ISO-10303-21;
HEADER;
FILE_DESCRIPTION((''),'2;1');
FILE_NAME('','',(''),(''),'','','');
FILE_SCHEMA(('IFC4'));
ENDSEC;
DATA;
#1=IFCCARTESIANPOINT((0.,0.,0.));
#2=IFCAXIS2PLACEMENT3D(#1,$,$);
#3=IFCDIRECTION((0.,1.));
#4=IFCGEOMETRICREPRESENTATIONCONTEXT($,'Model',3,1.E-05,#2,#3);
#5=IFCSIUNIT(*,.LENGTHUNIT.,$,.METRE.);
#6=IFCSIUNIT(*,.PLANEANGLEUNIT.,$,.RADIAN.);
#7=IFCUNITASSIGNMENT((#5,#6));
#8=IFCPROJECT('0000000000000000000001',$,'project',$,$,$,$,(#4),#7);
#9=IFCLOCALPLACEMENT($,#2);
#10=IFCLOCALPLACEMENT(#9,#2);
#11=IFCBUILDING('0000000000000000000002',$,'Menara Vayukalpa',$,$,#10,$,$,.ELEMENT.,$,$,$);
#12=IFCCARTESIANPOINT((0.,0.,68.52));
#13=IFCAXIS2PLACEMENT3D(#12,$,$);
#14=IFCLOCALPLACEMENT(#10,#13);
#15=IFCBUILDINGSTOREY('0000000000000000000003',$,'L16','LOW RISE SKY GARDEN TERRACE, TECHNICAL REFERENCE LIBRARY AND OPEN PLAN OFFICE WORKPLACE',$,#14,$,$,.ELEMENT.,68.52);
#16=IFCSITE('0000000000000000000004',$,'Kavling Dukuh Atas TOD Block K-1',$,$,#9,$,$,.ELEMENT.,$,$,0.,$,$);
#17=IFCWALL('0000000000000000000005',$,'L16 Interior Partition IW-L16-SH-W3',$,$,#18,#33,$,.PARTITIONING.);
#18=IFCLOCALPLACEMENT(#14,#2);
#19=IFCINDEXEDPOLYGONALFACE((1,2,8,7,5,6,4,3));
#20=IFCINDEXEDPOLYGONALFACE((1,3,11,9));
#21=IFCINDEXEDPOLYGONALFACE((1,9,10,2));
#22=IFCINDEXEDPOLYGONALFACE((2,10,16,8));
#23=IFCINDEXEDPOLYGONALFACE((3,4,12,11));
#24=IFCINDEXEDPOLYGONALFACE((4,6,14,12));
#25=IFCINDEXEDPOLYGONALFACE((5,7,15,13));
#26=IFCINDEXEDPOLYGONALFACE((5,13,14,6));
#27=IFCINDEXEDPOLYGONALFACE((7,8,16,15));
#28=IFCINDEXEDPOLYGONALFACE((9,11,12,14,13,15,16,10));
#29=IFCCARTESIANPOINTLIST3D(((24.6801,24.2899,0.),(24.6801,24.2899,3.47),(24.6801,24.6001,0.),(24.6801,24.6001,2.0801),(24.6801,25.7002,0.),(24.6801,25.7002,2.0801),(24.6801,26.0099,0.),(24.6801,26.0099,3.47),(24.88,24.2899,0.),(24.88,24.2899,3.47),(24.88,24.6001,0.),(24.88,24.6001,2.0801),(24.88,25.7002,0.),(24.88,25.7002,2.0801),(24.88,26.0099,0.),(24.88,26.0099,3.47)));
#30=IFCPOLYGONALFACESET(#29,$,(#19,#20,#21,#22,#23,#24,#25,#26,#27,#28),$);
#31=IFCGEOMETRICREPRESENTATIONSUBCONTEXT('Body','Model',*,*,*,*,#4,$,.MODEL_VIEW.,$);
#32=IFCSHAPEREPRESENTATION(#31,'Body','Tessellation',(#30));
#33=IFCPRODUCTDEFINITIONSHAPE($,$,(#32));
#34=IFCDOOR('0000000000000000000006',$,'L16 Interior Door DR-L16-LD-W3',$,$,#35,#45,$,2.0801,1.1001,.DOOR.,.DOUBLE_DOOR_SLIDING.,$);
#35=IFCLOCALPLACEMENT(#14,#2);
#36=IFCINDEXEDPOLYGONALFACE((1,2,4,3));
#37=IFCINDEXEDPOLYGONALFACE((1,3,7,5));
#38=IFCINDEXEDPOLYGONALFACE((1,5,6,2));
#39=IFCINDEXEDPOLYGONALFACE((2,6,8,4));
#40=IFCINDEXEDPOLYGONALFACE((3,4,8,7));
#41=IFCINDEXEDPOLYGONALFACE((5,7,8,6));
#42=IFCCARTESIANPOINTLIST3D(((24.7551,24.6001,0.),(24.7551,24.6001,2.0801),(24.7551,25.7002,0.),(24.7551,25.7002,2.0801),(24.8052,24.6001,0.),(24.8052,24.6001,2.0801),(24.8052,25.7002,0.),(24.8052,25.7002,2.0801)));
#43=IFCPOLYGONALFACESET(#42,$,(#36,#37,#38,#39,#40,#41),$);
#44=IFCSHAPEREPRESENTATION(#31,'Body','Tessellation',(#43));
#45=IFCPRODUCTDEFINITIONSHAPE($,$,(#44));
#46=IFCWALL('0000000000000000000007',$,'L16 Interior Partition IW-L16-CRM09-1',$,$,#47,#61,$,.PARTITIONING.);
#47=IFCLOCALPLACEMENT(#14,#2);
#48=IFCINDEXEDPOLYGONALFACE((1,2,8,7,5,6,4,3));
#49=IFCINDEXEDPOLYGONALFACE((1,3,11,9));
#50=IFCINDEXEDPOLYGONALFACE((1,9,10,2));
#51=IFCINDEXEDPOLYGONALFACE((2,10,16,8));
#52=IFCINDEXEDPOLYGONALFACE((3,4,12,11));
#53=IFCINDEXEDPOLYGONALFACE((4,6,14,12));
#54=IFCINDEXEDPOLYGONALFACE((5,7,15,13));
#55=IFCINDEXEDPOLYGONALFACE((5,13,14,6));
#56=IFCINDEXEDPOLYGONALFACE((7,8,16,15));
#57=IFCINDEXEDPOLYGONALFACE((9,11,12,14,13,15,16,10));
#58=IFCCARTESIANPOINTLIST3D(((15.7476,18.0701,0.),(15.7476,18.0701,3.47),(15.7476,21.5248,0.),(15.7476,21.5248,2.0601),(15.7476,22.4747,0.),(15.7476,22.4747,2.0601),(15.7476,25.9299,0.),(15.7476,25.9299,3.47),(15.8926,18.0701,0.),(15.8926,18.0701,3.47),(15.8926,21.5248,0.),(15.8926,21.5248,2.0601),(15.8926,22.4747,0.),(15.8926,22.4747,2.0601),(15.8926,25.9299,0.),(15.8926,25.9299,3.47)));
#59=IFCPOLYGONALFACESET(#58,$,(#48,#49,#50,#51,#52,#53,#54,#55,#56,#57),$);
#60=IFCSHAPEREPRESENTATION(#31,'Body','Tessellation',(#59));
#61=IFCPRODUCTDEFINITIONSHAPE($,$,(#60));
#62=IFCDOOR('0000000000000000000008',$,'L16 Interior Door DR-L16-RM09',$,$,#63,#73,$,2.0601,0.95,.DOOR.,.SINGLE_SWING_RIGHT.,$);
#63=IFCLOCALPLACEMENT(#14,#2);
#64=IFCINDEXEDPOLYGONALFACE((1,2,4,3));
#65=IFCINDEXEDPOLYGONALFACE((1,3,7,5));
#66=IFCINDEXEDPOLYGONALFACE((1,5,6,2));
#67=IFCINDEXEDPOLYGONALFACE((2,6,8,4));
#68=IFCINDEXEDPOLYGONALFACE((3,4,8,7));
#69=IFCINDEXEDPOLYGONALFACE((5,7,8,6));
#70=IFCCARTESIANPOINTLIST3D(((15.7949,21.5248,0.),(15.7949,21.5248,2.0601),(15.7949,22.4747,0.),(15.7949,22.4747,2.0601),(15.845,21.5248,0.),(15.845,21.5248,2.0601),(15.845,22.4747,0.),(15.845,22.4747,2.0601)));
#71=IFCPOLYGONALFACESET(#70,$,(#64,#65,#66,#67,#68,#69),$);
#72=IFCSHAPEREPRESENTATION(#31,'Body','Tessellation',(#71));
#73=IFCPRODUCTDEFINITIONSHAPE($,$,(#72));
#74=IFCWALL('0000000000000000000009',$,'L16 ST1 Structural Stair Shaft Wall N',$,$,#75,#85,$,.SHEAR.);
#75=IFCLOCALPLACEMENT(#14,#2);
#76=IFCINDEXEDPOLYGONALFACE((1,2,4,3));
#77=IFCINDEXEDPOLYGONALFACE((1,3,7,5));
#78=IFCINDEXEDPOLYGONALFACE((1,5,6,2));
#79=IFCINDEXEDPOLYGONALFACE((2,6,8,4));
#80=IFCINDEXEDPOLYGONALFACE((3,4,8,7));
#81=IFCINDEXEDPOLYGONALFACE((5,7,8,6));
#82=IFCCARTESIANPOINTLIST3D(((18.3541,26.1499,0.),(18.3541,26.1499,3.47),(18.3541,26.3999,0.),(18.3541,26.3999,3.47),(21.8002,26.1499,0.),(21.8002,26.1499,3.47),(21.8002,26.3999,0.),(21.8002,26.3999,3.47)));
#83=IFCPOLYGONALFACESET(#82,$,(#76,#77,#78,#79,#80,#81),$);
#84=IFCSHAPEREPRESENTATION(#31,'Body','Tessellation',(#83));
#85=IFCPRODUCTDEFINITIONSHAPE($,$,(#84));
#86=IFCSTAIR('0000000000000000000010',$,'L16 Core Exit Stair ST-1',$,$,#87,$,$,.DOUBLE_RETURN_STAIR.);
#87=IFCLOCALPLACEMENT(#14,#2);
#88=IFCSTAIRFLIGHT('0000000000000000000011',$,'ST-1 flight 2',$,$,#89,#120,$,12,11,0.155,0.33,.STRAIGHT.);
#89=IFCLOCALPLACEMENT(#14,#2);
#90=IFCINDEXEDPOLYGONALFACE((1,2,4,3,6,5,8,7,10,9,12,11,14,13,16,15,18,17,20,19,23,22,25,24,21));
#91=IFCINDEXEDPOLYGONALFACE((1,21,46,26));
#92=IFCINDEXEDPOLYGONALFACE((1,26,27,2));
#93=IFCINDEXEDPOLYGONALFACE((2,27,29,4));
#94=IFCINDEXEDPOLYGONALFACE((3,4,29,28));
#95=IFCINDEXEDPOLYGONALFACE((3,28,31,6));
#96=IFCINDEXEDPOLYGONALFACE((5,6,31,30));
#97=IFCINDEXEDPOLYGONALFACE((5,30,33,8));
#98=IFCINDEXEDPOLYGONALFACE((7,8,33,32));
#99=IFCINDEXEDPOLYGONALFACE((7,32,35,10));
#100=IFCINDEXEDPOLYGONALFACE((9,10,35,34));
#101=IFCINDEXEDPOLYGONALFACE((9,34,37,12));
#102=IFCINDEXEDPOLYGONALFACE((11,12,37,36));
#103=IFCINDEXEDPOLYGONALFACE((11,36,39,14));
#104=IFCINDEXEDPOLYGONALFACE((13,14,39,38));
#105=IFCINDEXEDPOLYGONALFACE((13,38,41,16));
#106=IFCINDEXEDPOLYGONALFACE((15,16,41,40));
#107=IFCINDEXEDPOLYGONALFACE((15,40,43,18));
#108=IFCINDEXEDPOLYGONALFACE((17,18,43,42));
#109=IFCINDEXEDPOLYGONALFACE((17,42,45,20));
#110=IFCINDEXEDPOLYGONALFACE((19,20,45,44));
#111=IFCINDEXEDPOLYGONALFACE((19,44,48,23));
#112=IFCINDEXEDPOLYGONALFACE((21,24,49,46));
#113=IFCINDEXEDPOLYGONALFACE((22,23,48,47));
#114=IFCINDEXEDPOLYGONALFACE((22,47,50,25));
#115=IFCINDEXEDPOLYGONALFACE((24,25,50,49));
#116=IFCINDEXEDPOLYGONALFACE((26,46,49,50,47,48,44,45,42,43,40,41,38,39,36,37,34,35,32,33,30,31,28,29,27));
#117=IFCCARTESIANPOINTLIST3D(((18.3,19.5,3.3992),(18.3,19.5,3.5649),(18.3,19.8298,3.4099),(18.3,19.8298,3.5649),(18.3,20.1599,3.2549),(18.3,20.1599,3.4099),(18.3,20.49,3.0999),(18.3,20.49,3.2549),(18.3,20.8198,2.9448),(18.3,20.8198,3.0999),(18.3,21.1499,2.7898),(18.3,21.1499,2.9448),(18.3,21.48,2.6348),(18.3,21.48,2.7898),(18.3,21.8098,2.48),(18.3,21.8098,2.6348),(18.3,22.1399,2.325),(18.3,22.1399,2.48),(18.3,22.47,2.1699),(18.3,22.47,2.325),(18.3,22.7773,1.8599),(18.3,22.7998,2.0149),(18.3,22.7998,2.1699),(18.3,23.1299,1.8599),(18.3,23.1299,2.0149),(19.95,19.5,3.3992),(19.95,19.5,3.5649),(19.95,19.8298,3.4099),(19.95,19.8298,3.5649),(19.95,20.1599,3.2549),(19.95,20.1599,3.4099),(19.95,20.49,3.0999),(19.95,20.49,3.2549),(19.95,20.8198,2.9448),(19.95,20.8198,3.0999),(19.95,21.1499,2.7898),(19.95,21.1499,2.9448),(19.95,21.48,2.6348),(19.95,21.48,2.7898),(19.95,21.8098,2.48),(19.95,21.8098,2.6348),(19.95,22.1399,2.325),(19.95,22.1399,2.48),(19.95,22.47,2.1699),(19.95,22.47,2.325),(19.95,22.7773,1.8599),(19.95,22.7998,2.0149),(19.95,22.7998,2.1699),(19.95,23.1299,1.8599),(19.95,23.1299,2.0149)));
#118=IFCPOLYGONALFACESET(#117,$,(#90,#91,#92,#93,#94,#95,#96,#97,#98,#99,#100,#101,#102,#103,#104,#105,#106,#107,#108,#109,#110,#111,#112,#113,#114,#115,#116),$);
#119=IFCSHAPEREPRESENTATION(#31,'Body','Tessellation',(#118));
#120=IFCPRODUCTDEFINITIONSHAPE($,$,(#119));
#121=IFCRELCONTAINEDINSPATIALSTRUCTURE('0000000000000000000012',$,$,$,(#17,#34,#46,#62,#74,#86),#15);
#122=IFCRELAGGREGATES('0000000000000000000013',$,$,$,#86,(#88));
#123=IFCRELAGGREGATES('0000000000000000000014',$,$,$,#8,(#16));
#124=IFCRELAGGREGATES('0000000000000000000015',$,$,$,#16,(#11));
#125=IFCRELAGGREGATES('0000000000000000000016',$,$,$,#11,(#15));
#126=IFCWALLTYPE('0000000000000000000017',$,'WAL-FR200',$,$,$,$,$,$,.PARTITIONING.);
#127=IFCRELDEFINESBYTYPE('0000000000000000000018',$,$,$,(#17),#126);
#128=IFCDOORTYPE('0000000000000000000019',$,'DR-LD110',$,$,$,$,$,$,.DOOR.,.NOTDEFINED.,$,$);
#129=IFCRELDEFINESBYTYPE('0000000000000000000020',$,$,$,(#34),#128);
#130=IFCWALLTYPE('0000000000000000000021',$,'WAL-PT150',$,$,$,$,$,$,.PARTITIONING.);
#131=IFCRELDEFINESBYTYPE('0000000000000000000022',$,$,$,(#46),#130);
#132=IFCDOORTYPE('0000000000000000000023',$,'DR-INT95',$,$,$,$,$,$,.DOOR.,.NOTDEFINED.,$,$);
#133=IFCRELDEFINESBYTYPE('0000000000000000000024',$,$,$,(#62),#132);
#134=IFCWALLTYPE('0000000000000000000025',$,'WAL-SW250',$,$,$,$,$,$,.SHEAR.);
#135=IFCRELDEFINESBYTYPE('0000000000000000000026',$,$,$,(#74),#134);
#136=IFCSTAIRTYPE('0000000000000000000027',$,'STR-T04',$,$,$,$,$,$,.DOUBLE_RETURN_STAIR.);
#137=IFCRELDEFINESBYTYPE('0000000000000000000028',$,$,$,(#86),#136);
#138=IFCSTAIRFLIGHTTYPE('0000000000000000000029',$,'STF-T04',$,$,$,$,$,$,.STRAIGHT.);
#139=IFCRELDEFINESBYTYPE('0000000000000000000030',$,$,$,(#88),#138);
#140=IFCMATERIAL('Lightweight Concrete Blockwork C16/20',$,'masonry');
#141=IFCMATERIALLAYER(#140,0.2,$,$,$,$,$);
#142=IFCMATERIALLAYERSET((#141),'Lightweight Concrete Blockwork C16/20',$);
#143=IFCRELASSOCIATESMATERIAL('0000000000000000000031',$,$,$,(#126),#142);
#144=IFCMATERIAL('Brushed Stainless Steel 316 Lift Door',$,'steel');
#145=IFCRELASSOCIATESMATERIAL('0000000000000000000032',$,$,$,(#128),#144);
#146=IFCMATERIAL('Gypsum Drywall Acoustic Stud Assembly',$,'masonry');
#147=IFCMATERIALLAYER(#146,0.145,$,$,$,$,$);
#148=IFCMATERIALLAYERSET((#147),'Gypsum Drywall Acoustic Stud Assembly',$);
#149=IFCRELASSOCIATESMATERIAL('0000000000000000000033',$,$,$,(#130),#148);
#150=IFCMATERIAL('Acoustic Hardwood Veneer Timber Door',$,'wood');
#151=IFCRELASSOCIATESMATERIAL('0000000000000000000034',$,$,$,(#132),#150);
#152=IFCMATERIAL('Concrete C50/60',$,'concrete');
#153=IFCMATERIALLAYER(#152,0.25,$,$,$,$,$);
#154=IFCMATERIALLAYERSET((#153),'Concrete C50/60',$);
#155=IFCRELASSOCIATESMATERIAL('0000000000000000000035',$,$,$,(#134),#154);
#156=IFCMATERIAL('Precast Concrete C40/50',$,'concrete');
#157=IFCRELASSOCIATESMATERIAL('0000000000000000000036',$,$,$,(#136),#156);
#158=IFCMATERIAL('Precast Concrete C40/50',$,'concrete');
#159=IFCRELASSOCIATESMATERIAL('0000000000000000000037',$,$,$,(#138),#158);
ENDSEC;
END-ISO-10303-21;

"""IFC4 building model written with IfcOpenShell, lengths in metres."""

from ifc_helpers import new_model, si_unit, direction, frame, frame_2d, origin, place, context, subcontext, project, spatial, polyline, rectangle, outline, extrude, material, layer, layer_set, type_object, element, fill, aggregate, save


model = new_model("IFC4")

# Units and contexts
model_context = context("Model", 3, precision=1e-05, world=origin(), true_north=direction((0.0, 1.0)))
body_context = subcontext(model_context, "Body", "Model", "MODEL_VIEW")
ifc_project = project(units=[si_unit("LENGTHUNIT", "METRE"), si_unit("PLANEANGLEUNIT", "RADIAN")], contexts=[model_context])

# Site, building, storey
site_placement = place(None, origin())
site = spatial("IfcSite", under=ifc_project, at=site_placement, Name="Kavling Dukuh Atas TOD Block K-1", CompositionType="ELEMENT", RefElevation=0.0)
building_placement = place(site_placement, origin())
building = spatial("IfcBuilding", under=site, at=building_placement, Name="Menara Vayukalpa", CompositionType="ELEMENT")
storey_placement = place(building_placement, frame((0.0, 0.0, 68.52)))
storey = spatial("IfcBuildingStorey", under=building, at=storey_placement, Name="L16", Description="LOW RISE SKY GARDEN TERRACE, TECHNICAL REFERENCE LIBRARY AND OPEN PLAN OFFICE WORKPLACE", CompositionType="ELEMENT", Elevation=68.52)

# Walls, openings, doors
ifc_material_1 = material(Name="Lightweight Concrete Blockwork C16/20", Category="masonry")
ifc_layer_1 = layer(ifc_material_1, 0.2)
ifc_layer_set_1 = layer_set([ifc_layer_1], Name="Lightweight Concrete Blockwork C16/20")
wall_type_1 = type_object("IfcWallType", Name="WAL-FR200", PredefinedType="PARTITIONING", material=ifc_layer_set_1)
ifc_material_2 = material(Name="Brushed Stainless Steel 316 Lift Door", Category="steel")
door_type_1 = type_object("IfcDoorType", Name="DR-LD110", OperationType="NOTDEFINED", PredefinedType="DOOR", material=ifc_material_2)
wall_1_placement = place(storey_placement, frame((24.78, 24.29, 0.0), z_axis=(0.0, 0.0, 1.0), x_axis=(0.0, 1.0, 0.0)))
wall_1 = element("IfcWall", 1, at=wall_1_placement, inside=storey, type_object=wall_type_1, Name="L16 Interior Partition IW-L16-SH-W3", PredefinedType="PARTITIONING", context=body_context, shape_type="SweptSolid", body=[
    extrude(rectangle(XDim=1.72, YDim=0.2, at=frame_2d((0.8599, 0.0))), origin(), (0.0, 0.0, 1.0), 3.47),
])
opening_1_placement = place(wall_1_placement, frame((0.3101, 0.0, 0.0)))
opening_1 = element("IfcOpeningElement", 2, at=opening_1_placement, cuts=wall_1, PredefinedType="OPENING", context=body_context, shape_type="SweptSolid", body=[
    extrude(rectangle(XDim=1.1001, YDim=2.0801, at=frame_2d((0.55, 1.04))), frame((0.0, 0.1099, 0.0), z_axis=(0.0, -1.0, 0.0), x_axis=(1.0, 0.0, 0.0)), (0.0, 0.0, 1.0), 0.22),
])
door_1_placement = place(opening_1_placement, origin())
door_1 = element("IfcDoor", 3, at=door_1_placement, inside=storey, type_object=door_type_1, Name="L16 Interior Door DR-L16-LD-W3", OperationType="DOUBLE_DOOR_SLIDING", OverallHeight=2.0801, OverallWidth=1.1001, PredefinedType="DOOR", context=body_context, shape_type="SweptSolid", body=[
    extrude(rectangle(XDim=1.1001, YDim=2.0801, at=frame_2d((0.55, 1.04))), frame((0.0, 0.0249, 0.0), z_axis=(0.0, -1.0, 0.0), x_axis=(1.0, 0.0, 0.0)), (0.0, 0.0, 1.0), 0.05),
])
fill(opening_1, door_1)
ifc_material_3 = material(Name="Gypsum Drywall Acoustic Stud Assembly", Category="masonry")
ifc_layer_2 = layer(ifc_material_3, 0.145)
ifc_layer_set_2 = layer_set([ifc_layer_2], Name="Gypsum Drywall Acoustic Stud Assembly")
wall_type_2 = type_object("IfcWallType", Name="WAL-PT150", PredefinedType="PARTITIONING", material=ifc_layer_set_2)
wall_2_placement = place(storey_placement, frame((15.8201, 25.9299, 0.0), z_axis=(0.0, 0.0, 1.0), x_axis=(0.0, -1.0, 0.0)))
wall_2 = element("IfcWall", 4, at=wall_2_placement, inside=storey, type_object=wall_type_2, Name="L16 Interior Partition IW-L16-CRM09-1", PredefinedType="PARTITIONING", context=body_context, shape_type="SweptSolid", body=[
    extrude(rectangle(XDim=7.8599, YDim=0.145, at=frame_2d((3.9299, 0.0))), origin(), (0.0, 0.0, 1.0), 3.47),
])
opening_2_placement = place(wall_2_placement, frame((3.4551, 0.0, 0.0)))
opening_2 = element("IfcOpeningElement", 5, at=opening_2_placement, cuts=wall_2, PredefinedType="OPENING", context=body_context, shape_type="SweptSolid", body=[
    extrude(rectangle(XDim=0.95, YDim=2.0601, at=frame_2d((0.4751, 1.03))), frame((0.0, 0.0825, 0.0), z_axis=(0.0, -1.0, 0.0), x_axis=(1.0, 0.0, 0.0)), (0.0, 0.0, 1.0), 0.165),
])
ifc_material_4 = material(Name="Acoustic Hardwood Veneer Timber Door", Category="wood")
door_type_2 = type_object("IfcDoorType", Name="DR-INT95", OperationType="NOTDEFINED", PredefinedType="DOOR", material=ifc_material_4)
door_2_placement = place(opening_2_placement, origin())
door_2 = element("IfcDoor", 6, at=door_2_placement, inside=storey, type_object=door_type_2, Name="L16 Interior Door DR-L16-RM09", OperationType="SINGLE_SWING_RIGHT", OverallHeight=2.0601, OverallWidth=0.95, PredefinedType="DOOR", context=body_context, shape_type="SweptSolid", body=[
    extrude(rectangle(XDim=0.95, YDim=2.0601, at=frame_2d((0.4751, 1.03))), frame((0.0, 0.0249, 0.0), z_axis=(0.0, -1.0, 0.0), x_axis=(1.0, 0.0, 0.0)), (0.0, 0.0, 1.0), 0.05),
])
fill(opening_2, door_2)

# Wall
ifc_material_5 = material(Name="Concrete C50/60", Category="concrete")
ifc_layer_3 = layer(ifc_material_5, 0.25)
ifc_layer_set_3 = layer_set([ifc_layer_3], Name="Concrete C50/60")
wall_type_3 = type_object("IfcWallType", Name="WAL-SW250", PredefinedType="SHEAR", material=ifc_layer_set_3)
wall_3_placement = place(storey_placement, frame((18.354, 26.2749, 0.0), z_axis=(0.0, 0.0, 1.0), x_axis=(1.0, 0.0, 0.0)))
element("IfcWall", 7, at=wall_3_placement, inside=storey, type_object=wall_type_3, Name="L16 ST1 Structural Stair Shaft Wall N", PredefinedType="SHEAR", context=body_context, shape_type="SweptSolid", body=[
    extrude(rectangle(XDim=3.446, YDim=0.25, at=frame_2d((1.7231, 0.0))), origin(), (0.0, 0.0, 1.0), 3.47),
])

# Stair, stair flight
ifc_material_6 = material(Name="Precast Concrete C40/50", Category="concrete")
stair_type = type_object("IfcStairType", Name="STR-T04", PredefinedType="DOUBLE_RETURN_STAIR", material=ifc_material_6)
stair_placement = place(storey_placement, origin())
stair = element("IfcStair", 8, at=stair_placement, inside=storey, type_object=stair_type, Name="L16 Core Exit Stair ST-1", PredefinedType="DOUBLE_RETURN_STAIR")
ifc_material_7 = material(Name="Precast Concrete C40/50", Category="concrete")
stair_flight_type = type_object("IfcStairFlightType", Name="STF-T04", PredefinedType="STRAIGHT", material=ifc_material_7)
stair_flight_placement = place(storey_placement, frame((19.125, 23.1299, 1.8599), z_axis=(0.0, 0.0, 1.0), x_axis=(0.0, -1.0, 0.0)))
stair_flight = element("IfcStairFlight", 9, at=stair_flight_placement, type_object=stair_flight_type, Name="ST-1 flight 2", NumberOfRisers=12, NumberOfTreads=11, PredefinedType="STRAIGHT", RiserHeight=0.155, TreadLength=0.33, context=body_context, shape_type="SweptSolid", body=[
    extrude(outline(polyline([(0.0, 0.0), (0.0, 0.155), (0.3301, 0.155), (0.3301, 0.3101), (0.6599, 0.3101), (0.6599, 0.4651), (0.99, 0.4651), (0.99, 0.6201), (1.3201, 0.6201), (1.3201, 0.7749), (1.6499, 0.7749), (1.6499, 0.9299), (1.98, 0.9299), (1.98, 1.085), (2.3101, 1.085), (2.3101, 1.24), (2.6399, 1.24), (2.6399, 1.395), (2.97, 1.395), (2.97, 1.55), (3.3, 1.55), (3.3, 1.7051), (3.6299, 1.7051), (3.6299, 1.8601), (3.6299, 1.5393), (0.3525, 0.0), (0.0, 0.0)])), frame((0.0, 0.825, 0.0), z_axis=(0.0, -1.0, 0.0), x_axis=(1.0, 0.0, 0.0)), (0.0, 0.0, 1.0), 1.6499),
])
aggregate(stair, [stair_flight])

save(model, "model.ifc")
